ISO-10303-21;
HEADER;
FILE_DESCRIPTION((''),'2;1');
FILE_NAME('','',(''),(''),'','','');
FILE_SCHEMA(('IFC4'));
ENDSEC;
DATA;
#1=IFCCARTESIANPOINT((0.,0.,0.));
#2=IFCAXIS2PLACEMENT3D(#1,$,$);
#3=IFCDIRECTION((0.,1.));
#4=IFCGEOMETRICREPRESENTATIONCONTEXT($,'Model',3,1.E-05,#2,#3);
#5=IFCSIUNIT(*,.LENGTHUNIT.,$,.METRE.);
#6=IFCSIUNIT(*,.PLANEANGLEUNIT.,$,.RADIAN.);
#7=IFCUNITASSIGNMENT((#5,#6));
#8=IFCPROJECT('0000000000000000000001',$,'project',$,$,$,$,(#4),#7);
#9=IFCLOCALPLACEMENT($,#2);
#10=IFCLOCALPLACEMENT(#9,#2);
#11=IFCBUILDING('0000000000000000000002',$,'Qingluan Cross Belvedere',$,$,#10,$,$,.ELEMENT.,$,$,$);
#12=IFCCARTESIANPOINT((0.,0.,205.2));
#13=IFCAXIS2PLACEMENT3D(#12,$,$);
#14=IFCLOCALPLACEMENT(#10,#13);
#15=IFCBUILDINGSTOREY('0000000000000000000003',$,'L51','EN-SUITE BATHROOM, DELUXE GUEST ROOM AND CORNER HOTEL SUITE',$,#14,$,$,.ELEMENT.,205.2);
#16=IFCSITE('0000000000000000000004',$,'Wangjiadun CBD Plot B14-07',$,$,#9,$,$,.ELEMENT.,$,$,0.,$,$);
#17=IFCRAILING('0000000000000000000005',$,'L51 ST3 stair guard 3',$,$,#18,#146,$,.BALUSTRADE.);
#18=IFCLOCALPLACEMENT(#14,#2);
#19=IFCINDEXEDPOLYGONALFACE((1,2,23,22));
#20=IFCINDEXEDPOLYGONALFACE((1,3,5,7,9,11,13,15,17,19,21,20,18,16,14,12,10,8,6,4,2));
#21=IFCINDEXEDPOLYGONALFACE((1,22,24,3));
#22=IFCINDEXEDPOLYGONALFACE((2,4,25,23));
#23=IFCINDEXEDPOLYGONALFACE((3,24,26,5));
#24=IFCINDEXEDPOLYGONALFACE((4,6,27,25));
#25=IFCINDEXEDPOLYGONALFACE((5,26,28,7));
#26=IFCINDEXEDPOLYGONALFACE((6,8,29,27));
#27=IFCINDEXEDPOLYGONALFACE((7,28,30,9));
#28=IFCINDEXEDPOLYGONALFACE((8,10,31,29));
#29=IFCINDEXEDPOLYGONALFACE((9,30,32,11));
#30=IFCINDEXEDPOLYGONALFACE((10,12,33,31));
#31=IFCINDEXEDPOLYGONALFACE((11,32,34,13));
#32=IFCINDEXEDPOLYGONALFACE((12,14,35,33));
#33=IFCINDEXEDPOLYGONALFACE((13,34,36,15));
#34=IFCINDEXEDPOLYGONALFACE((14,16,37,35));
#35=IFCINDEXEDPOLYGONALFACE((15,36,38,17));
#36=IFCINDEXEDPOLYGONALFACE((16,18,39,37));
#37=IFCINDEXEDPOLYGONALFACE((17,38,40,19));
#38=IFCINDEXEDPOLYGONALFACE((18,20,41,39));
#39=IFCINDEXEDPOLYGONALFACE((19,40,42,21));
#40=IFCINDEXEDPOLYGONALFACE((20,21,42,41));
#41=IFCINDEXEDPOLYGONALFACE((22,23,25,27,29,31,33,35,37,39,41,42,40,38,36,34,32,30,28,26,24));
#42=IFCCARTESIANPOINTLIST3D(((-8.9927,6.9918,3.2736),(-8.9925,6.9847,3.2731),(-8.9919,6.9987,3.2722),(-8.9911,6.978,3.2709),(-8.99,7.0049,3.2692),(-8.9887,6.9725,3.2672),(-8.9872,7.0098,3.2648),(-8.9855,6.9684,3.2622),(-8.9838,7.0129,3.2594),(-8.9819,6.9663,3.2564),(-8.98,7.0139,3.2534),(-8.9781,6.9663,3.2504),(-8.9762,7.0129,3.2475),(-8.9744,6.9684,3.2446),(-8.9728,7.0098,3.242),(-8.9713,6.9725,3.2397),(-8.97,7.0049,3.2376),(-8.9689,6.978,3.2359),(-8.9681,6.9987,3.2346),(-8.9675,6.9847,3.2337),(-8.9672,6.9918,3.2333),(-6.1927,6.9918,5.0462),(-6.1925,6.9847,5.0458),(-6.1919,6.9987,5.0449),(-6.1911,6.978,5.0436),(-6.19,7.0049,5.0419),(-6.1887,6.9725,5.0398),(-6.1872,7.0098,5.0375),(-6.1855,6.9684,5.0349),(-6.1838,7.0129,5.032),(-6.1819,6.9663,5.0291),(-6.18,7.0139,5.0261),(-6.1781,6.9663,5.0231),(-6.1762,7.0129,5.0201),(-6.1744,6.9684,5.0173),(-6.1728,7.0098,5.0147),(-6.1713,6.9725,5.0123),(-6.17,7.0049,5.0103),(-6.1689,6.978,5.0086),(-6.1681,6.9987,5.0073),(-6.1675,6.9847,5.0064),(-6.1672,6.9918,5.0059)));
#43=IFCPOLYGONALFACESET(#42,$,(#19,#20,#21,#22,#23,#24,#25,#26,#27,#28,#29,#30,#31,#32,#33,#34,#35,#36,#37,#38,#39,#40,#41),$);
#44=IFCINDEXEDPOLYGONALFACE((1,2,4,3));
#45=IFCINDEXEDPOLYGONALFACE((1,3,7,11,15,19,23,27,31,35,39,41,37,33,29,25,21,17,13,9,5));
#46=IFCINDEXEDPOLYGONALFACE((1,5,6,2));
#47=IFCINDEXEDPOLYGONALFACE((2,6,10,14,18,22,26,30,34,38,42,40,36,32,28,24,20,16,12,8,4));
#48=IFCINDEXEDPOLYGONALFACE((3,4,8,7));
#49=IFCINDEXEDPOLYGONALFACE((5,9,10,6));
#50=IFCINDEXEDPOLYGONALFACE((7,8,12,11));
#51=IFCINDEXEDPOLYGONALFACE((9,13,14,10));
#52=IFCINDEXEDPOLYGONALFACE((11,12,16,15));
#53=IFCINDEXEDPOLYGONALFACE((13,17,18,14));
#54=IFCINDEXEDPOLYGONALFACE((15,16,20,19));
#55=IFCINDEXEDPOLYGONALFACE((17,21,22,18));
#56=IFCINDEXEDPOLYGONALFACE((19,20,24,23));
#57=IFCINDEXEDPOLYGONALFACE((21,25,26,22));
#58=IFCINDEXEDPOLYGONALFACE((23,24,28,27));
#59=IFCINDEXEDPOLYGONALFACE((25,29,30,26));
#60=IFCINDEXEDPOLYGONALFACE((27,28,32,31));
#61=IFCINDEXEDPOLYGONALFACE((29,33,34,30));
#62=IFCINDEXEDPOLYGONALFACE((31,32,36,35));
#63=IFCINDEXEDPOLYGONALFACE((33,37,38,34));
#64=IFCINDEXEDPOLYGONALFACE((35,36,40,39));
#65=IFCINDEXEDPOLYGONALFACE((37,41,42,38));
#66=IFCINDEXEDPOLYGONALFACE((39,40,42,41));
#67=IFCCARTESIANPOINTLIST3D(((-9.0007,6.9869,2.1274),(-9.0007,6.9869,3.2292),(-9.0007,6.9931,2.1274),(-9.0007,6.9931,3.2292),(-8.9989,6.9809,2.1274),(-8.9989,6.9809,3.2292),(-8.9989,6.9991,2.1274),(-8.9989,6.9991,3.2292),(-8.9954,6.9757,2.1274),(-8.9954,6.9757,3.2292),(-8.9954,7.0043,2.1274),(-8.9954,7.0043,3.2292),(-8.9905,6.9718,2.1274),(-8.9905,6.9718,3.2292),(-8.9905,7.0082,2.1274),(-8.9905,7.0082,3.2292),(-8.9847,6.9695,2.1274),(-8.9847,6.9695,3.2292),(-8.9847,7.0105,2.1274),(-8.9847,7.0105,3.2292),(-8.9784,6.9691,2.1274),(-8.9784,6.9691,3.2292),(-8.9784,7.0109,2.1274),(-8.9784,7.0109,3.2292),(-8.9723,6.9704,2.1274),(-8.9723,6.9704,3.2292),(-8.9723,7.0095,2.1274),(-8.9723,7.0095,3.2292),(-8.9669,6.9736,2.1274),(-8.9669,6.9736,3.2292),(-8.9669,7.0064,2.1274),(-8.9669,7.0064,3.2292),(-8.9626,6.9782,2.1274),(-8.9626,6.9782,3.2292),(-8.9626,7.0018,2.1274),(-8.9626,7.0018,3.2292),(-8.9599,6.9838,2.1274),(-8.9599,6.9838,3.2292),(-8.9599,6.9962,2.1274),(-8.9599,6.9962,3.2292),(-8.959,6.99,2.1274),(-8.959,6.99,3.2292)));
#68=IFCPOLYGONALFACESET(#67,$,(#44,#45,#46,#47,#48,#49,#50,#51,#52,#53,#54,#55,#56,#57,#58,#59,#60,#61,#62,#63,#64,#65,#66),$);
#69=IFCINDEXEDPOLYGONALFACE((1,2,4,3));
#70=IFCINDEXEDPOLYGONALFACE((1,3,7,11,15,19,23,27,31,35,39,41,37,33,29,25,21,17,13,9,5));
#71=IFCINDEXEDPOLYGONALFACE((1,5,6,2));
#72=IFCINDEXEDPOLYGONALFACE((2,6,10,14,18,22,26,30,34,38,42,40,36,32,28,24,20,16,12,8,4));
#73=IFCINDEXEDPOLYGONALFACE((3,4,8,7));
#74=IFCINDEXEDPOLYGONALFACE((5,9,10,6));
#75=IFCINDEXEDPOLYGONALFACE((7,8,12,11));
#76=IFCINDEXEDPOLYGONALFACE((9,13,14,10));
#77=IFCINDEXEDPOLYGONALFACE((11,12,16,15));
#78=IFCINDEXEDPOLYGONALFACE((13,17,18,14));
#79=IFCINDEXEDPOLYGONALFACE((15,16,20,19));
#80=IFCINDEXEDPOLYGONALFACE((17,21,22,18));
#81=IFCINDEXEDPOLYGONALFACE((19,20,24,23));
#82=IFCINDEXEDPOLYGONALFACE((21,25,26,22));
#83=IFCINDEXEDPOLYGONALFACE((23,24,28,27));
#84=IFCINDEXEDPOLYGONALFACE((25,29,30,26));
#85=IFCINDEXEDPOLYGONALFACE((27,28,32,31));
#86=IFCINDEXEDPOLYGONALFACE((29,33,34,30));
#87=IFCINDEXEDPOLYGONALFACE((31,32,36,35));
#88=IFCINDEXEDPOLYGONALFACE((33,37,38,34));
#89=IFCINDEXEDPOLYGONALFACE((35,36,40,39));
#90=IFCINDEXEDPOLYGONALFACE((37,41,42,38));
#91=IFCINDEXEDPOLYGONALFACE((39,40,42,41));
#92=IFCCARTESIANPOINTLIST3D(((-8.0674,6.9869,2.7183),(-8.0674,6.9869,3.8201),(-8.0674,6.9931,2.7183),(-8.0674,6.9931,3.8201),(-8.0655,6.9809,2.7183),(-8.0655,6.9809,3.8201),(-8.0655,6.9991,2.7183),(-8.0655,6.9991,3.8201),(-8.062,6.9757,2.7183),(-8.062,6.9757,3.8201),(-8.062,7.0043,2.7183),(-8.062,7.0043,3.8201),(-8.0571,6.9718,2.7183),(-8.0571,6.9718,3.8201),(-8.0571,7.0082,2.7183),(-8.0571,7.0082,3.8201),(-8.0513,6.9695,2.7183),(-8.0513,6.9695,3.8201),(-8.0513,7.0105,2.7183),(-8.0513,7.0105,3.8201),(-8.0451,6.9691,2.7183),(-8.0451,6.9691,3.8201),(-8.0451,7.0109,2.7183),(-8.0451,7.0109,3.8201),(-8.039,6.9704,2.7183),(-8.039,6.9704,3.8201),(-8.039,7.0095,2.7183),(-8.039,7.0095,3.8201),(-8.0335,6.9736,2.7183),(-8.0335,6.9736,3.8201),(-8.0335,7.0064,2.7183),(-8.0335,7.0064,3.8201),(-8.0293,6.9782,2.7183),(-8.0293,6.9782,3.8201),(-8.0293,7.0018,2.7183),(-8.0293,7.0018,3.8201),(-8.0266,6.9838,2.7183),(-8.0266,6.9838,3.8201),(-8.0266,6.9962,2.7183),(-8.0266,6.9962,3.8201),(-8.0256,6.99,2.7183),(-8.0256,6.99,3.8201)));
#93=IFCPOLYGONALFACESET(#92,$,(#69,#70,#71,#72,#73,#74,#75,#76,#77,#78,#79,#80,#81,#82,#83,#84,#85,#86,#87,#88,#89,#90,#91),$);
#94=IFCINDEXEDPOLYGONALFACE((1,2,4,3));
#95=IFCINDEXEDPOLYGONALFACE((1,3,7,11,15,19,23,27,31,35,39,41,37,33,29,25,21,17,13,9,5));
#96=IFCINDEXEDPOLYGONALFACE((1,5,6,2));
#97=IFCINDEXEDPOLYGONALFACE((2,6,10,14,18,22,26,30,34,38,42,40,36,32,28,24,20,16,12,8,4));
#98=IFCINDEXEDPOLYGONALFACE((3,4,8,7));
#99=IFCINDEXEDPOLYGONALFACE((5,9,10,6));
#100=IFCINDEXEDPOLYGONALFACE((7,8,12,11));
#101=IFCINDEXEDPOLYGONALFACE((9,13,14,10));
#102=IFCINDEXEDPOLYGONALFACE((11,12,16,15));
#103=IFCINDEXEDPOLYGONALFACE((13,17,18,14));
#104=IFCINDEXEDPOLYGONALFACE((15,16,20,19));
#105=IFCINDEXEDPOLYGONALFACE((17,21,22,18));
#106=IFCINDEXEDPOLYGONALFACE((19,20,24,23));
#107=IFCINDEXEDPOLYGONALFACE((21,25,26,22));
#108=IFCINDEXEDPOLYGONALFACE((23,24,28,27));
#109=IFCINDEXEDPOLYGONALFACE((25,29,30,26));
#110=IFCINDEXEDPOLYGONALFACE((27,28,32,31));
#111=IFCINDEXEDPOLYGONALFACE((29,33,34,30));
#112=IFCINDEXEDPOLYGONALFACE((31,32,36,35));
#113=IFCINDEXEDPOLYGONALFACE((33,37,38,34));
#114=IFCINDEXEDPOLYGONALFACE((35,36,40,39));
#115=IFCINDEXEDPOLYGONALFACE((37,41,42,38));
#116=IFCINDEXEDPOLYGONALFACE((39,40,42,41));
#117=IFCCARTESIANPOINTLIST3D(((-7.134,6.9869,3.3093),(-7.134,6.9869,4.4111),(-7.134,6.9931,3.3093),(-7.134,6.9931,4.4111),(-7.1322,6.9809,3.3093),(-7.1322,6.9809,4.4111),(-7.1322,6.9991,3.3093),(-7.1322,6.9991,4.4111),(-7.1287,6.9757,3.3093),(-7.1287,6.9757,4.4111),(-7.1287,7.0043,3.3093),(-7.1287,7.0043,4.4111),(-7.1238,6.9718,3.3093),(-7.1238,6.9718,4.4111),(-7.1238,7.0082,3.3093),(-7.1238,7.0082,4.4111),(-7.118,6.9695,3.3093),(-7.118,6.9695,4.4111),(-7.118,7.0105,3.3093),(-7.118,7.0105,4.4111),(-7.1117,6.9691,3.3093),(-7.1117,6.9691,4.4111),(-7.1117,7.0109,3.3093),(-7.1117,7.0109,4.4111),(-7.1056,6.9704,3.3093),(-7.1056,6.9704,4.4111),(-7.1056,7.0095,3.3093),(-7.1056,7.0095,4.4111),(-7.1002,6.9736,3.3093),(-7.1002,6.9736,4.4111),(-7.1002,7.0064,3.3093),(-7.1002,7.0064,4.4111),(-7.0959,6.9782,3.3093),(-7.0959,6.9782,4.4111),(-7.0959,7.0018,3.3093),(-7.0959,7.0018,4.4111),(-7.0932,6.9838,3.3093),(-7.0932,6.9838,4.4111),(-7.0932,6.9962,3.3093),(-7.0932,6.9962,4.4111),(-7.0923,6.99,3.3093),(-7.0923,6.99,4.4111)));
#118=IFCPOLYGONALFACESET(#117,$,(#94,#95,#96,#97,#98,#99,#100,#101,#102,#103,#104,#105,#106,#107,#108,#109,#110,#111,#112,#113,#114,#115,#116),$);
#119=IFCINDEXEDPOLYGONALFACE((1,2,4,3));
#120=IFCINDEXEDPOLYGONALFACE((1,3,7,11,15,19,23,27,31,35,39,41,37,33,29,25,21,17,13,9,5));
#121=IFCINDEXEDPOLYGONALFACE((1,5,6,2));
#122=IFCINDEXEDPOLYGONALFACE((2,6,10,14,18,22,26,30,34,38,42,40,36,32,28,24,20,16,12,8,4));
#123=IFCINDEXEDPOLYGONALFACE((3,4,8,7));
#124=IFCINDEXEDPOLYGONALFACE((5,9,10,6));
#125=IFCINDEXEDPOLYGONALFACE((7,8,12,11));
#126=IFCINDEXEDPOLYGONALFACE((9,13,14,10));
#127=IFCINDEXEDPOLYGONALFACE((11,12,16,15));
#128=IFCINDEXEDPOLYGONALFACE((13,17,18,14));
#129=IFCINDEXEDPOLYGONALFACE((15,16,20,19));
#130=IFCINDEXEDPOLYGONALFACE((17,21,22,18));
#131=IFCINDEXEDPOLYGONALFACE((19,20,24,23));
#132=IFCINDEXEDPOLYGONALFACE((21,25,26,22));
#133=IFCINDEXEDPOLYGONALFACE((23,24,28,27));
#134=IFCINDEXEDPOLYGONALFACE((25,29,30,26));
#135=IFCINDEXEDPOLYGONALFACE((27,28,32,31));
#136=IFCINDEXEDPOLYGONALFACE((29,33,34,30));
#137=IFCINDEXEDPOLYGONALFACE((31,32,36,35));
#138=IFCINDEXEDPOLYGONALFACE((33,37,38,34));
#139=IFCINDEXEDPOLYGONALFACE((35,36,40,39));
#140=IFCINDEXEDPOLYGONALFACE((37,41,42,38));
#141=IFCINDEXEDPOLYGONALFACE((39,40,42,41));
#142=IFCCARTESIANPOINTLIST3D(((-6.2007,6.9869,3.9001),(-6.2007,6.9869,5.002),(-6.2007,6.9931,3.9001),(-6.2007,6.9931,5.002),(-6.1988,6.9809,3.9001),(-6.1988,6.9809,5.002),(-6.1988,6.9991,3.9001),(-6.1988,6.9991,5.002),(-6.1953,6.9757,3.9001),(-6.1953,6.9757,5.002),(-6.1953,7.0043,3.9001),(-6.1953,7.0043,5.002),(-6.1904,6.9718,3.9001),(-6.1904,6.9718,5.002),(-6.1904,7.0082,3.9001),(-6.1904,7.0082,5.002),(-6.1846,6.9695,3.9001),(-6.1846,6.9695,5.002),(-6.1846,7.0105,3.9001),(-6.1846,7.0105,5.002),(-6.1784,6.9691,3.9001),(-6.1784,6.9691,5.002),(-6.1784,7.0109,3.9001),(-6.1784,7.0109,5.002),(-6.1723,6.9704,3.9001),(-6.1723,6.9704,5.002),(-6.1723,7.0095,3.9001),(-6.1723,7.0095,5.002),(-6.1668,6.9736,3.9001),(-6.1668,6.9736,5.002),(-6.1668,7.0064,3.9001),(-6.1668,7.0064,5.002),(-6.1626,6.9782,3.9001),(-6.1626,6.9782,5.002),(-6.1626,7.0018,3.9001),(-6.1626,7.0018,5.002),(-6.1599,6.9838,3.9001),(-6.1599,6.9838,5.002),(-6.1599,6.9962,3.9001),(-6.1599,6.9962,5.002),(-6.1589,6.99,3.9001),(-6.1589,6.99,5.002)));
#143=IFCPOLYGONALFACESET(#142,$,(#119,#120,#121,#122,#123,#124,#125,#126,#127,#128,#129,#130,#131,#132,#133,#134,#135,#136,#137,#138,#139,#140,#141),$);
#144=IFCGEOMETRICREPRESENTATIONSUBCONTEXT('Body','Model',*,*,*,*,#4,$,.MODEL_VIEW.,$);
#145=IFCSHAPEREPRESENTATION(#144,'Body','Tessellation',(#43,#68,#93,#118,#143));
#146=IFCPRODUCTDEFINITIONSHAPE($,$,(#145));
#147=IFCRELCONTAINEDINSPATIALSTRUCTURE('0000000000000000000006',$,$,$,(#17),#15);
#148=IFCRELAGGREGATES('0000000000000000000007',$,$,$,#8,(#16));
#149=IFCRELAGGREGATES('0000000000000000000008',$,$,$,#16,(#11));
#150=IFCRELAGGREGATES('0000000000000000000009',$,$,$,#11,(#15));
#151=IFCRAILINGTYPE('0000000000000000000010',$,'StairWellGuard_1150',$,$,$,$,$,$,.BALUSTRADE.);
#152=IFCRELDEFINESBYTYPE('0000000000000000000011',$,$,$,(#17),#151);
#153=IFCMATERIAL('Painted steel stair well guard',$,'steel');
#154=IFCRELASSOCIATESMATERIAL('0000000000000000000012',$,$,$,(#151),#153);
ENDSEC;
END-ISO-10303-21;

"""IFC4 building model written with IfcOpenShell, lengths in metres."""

from ifc_helpers import new_model, si_unit, direction, frame, origin, origin_2d, place, context, subcontext, project, spatial, circle, extrude, material, type_object, element, save


model = new_model("IFC4")

# Units and contexts
model_context = context("Model", 3, precision=1e-05, world=origin(), true_north=direction((0.0, 1.0)))
body_context = subcontext(model_context, "Body", "Model", "MODEL_VIEW")
ifc_project = project(units=[si_unit("LENGTHUNIT", "METRE"), si_unit("PLANEANGLEUNIT", "RADIAN")], contexts=[model_context])

# Site, building, storey
site_placement = place(None, origin())
site = spatial("IfcSite", under=ifc_project, at=site_placement, Name="Wangjiadun CBD Plot B14-07", CompositionType="ELEMENT", RefElevation=0.0)
building_placement = place(site_placement, origin())
building = spatial("IfcBuilding", under=site, at=building_placement, Name="Qingluan Cross Belvedere", CompositionType="ELEMENT")
storey_placement = place(building_placement, frame((0.0, 0.0, 205.2)))
storey = spatial("IfcBuildingStorey", under=building, at=storey_placement, Name="L51", Description="EN-SUITE BATHROOM, DELUXE GUEST ROOM AND CORNER HOTEL SUITE", CompositionType="ELEMENT", Elevation=205.2)

# Railing
ifc_material_1 = material(Name="Painted steel stair well guard", Category="steel")
railing_type_1 = type_object("IfcRailingType", Name="StairWellGuard_1150", PredefinedType="BALUSTRADE", material=ifc_material_1)
railing_1_placement = place(storey_placement, frame((-8.98, 6.99, 2.1274)))
element("IfcRailing", 1, at=railing_1_placement, inside=storey, type_object=railing_type_1, Name="L51 ST3 stair guard 3", PredefinedType="BALUSTRADE", context=body_context, shape_type="SweptSolid", body=[
    extrude(circle(Radius=0.0239, at=origin_2d()), frame((0.0, 0.0, 1.126), z_axis=(0.844909, 0.0, 0.53491), x_axis=(0.0, 1.0, 0.0)), (0.0, 0.0, 1.0), 3.314),
    extrude(circle(Radius=0.021, at=origin_2d()), origin(), (0.0, 0.0, 1.0), 1.1018),
    extrude(circle(Radius=0.021, at=origin_2d()), frame((0.9333, 0.0, 0.5908)), (0.0, 0.0, 1.0), 1.1018),
    extrude(circle(Radius=0.021, at=origin_2d()), frame((1.8667, 0.0, 1.1819)), (0.0, 0.0, 1.0), 1.1018),
    extrude(circle(Radius=0.021, at=origin_2d()), frame((2.8, 0.0, 1.7727)), (0.0, 0.0, 1.0), 1.1018),
])

save(model, "model.ifc")
